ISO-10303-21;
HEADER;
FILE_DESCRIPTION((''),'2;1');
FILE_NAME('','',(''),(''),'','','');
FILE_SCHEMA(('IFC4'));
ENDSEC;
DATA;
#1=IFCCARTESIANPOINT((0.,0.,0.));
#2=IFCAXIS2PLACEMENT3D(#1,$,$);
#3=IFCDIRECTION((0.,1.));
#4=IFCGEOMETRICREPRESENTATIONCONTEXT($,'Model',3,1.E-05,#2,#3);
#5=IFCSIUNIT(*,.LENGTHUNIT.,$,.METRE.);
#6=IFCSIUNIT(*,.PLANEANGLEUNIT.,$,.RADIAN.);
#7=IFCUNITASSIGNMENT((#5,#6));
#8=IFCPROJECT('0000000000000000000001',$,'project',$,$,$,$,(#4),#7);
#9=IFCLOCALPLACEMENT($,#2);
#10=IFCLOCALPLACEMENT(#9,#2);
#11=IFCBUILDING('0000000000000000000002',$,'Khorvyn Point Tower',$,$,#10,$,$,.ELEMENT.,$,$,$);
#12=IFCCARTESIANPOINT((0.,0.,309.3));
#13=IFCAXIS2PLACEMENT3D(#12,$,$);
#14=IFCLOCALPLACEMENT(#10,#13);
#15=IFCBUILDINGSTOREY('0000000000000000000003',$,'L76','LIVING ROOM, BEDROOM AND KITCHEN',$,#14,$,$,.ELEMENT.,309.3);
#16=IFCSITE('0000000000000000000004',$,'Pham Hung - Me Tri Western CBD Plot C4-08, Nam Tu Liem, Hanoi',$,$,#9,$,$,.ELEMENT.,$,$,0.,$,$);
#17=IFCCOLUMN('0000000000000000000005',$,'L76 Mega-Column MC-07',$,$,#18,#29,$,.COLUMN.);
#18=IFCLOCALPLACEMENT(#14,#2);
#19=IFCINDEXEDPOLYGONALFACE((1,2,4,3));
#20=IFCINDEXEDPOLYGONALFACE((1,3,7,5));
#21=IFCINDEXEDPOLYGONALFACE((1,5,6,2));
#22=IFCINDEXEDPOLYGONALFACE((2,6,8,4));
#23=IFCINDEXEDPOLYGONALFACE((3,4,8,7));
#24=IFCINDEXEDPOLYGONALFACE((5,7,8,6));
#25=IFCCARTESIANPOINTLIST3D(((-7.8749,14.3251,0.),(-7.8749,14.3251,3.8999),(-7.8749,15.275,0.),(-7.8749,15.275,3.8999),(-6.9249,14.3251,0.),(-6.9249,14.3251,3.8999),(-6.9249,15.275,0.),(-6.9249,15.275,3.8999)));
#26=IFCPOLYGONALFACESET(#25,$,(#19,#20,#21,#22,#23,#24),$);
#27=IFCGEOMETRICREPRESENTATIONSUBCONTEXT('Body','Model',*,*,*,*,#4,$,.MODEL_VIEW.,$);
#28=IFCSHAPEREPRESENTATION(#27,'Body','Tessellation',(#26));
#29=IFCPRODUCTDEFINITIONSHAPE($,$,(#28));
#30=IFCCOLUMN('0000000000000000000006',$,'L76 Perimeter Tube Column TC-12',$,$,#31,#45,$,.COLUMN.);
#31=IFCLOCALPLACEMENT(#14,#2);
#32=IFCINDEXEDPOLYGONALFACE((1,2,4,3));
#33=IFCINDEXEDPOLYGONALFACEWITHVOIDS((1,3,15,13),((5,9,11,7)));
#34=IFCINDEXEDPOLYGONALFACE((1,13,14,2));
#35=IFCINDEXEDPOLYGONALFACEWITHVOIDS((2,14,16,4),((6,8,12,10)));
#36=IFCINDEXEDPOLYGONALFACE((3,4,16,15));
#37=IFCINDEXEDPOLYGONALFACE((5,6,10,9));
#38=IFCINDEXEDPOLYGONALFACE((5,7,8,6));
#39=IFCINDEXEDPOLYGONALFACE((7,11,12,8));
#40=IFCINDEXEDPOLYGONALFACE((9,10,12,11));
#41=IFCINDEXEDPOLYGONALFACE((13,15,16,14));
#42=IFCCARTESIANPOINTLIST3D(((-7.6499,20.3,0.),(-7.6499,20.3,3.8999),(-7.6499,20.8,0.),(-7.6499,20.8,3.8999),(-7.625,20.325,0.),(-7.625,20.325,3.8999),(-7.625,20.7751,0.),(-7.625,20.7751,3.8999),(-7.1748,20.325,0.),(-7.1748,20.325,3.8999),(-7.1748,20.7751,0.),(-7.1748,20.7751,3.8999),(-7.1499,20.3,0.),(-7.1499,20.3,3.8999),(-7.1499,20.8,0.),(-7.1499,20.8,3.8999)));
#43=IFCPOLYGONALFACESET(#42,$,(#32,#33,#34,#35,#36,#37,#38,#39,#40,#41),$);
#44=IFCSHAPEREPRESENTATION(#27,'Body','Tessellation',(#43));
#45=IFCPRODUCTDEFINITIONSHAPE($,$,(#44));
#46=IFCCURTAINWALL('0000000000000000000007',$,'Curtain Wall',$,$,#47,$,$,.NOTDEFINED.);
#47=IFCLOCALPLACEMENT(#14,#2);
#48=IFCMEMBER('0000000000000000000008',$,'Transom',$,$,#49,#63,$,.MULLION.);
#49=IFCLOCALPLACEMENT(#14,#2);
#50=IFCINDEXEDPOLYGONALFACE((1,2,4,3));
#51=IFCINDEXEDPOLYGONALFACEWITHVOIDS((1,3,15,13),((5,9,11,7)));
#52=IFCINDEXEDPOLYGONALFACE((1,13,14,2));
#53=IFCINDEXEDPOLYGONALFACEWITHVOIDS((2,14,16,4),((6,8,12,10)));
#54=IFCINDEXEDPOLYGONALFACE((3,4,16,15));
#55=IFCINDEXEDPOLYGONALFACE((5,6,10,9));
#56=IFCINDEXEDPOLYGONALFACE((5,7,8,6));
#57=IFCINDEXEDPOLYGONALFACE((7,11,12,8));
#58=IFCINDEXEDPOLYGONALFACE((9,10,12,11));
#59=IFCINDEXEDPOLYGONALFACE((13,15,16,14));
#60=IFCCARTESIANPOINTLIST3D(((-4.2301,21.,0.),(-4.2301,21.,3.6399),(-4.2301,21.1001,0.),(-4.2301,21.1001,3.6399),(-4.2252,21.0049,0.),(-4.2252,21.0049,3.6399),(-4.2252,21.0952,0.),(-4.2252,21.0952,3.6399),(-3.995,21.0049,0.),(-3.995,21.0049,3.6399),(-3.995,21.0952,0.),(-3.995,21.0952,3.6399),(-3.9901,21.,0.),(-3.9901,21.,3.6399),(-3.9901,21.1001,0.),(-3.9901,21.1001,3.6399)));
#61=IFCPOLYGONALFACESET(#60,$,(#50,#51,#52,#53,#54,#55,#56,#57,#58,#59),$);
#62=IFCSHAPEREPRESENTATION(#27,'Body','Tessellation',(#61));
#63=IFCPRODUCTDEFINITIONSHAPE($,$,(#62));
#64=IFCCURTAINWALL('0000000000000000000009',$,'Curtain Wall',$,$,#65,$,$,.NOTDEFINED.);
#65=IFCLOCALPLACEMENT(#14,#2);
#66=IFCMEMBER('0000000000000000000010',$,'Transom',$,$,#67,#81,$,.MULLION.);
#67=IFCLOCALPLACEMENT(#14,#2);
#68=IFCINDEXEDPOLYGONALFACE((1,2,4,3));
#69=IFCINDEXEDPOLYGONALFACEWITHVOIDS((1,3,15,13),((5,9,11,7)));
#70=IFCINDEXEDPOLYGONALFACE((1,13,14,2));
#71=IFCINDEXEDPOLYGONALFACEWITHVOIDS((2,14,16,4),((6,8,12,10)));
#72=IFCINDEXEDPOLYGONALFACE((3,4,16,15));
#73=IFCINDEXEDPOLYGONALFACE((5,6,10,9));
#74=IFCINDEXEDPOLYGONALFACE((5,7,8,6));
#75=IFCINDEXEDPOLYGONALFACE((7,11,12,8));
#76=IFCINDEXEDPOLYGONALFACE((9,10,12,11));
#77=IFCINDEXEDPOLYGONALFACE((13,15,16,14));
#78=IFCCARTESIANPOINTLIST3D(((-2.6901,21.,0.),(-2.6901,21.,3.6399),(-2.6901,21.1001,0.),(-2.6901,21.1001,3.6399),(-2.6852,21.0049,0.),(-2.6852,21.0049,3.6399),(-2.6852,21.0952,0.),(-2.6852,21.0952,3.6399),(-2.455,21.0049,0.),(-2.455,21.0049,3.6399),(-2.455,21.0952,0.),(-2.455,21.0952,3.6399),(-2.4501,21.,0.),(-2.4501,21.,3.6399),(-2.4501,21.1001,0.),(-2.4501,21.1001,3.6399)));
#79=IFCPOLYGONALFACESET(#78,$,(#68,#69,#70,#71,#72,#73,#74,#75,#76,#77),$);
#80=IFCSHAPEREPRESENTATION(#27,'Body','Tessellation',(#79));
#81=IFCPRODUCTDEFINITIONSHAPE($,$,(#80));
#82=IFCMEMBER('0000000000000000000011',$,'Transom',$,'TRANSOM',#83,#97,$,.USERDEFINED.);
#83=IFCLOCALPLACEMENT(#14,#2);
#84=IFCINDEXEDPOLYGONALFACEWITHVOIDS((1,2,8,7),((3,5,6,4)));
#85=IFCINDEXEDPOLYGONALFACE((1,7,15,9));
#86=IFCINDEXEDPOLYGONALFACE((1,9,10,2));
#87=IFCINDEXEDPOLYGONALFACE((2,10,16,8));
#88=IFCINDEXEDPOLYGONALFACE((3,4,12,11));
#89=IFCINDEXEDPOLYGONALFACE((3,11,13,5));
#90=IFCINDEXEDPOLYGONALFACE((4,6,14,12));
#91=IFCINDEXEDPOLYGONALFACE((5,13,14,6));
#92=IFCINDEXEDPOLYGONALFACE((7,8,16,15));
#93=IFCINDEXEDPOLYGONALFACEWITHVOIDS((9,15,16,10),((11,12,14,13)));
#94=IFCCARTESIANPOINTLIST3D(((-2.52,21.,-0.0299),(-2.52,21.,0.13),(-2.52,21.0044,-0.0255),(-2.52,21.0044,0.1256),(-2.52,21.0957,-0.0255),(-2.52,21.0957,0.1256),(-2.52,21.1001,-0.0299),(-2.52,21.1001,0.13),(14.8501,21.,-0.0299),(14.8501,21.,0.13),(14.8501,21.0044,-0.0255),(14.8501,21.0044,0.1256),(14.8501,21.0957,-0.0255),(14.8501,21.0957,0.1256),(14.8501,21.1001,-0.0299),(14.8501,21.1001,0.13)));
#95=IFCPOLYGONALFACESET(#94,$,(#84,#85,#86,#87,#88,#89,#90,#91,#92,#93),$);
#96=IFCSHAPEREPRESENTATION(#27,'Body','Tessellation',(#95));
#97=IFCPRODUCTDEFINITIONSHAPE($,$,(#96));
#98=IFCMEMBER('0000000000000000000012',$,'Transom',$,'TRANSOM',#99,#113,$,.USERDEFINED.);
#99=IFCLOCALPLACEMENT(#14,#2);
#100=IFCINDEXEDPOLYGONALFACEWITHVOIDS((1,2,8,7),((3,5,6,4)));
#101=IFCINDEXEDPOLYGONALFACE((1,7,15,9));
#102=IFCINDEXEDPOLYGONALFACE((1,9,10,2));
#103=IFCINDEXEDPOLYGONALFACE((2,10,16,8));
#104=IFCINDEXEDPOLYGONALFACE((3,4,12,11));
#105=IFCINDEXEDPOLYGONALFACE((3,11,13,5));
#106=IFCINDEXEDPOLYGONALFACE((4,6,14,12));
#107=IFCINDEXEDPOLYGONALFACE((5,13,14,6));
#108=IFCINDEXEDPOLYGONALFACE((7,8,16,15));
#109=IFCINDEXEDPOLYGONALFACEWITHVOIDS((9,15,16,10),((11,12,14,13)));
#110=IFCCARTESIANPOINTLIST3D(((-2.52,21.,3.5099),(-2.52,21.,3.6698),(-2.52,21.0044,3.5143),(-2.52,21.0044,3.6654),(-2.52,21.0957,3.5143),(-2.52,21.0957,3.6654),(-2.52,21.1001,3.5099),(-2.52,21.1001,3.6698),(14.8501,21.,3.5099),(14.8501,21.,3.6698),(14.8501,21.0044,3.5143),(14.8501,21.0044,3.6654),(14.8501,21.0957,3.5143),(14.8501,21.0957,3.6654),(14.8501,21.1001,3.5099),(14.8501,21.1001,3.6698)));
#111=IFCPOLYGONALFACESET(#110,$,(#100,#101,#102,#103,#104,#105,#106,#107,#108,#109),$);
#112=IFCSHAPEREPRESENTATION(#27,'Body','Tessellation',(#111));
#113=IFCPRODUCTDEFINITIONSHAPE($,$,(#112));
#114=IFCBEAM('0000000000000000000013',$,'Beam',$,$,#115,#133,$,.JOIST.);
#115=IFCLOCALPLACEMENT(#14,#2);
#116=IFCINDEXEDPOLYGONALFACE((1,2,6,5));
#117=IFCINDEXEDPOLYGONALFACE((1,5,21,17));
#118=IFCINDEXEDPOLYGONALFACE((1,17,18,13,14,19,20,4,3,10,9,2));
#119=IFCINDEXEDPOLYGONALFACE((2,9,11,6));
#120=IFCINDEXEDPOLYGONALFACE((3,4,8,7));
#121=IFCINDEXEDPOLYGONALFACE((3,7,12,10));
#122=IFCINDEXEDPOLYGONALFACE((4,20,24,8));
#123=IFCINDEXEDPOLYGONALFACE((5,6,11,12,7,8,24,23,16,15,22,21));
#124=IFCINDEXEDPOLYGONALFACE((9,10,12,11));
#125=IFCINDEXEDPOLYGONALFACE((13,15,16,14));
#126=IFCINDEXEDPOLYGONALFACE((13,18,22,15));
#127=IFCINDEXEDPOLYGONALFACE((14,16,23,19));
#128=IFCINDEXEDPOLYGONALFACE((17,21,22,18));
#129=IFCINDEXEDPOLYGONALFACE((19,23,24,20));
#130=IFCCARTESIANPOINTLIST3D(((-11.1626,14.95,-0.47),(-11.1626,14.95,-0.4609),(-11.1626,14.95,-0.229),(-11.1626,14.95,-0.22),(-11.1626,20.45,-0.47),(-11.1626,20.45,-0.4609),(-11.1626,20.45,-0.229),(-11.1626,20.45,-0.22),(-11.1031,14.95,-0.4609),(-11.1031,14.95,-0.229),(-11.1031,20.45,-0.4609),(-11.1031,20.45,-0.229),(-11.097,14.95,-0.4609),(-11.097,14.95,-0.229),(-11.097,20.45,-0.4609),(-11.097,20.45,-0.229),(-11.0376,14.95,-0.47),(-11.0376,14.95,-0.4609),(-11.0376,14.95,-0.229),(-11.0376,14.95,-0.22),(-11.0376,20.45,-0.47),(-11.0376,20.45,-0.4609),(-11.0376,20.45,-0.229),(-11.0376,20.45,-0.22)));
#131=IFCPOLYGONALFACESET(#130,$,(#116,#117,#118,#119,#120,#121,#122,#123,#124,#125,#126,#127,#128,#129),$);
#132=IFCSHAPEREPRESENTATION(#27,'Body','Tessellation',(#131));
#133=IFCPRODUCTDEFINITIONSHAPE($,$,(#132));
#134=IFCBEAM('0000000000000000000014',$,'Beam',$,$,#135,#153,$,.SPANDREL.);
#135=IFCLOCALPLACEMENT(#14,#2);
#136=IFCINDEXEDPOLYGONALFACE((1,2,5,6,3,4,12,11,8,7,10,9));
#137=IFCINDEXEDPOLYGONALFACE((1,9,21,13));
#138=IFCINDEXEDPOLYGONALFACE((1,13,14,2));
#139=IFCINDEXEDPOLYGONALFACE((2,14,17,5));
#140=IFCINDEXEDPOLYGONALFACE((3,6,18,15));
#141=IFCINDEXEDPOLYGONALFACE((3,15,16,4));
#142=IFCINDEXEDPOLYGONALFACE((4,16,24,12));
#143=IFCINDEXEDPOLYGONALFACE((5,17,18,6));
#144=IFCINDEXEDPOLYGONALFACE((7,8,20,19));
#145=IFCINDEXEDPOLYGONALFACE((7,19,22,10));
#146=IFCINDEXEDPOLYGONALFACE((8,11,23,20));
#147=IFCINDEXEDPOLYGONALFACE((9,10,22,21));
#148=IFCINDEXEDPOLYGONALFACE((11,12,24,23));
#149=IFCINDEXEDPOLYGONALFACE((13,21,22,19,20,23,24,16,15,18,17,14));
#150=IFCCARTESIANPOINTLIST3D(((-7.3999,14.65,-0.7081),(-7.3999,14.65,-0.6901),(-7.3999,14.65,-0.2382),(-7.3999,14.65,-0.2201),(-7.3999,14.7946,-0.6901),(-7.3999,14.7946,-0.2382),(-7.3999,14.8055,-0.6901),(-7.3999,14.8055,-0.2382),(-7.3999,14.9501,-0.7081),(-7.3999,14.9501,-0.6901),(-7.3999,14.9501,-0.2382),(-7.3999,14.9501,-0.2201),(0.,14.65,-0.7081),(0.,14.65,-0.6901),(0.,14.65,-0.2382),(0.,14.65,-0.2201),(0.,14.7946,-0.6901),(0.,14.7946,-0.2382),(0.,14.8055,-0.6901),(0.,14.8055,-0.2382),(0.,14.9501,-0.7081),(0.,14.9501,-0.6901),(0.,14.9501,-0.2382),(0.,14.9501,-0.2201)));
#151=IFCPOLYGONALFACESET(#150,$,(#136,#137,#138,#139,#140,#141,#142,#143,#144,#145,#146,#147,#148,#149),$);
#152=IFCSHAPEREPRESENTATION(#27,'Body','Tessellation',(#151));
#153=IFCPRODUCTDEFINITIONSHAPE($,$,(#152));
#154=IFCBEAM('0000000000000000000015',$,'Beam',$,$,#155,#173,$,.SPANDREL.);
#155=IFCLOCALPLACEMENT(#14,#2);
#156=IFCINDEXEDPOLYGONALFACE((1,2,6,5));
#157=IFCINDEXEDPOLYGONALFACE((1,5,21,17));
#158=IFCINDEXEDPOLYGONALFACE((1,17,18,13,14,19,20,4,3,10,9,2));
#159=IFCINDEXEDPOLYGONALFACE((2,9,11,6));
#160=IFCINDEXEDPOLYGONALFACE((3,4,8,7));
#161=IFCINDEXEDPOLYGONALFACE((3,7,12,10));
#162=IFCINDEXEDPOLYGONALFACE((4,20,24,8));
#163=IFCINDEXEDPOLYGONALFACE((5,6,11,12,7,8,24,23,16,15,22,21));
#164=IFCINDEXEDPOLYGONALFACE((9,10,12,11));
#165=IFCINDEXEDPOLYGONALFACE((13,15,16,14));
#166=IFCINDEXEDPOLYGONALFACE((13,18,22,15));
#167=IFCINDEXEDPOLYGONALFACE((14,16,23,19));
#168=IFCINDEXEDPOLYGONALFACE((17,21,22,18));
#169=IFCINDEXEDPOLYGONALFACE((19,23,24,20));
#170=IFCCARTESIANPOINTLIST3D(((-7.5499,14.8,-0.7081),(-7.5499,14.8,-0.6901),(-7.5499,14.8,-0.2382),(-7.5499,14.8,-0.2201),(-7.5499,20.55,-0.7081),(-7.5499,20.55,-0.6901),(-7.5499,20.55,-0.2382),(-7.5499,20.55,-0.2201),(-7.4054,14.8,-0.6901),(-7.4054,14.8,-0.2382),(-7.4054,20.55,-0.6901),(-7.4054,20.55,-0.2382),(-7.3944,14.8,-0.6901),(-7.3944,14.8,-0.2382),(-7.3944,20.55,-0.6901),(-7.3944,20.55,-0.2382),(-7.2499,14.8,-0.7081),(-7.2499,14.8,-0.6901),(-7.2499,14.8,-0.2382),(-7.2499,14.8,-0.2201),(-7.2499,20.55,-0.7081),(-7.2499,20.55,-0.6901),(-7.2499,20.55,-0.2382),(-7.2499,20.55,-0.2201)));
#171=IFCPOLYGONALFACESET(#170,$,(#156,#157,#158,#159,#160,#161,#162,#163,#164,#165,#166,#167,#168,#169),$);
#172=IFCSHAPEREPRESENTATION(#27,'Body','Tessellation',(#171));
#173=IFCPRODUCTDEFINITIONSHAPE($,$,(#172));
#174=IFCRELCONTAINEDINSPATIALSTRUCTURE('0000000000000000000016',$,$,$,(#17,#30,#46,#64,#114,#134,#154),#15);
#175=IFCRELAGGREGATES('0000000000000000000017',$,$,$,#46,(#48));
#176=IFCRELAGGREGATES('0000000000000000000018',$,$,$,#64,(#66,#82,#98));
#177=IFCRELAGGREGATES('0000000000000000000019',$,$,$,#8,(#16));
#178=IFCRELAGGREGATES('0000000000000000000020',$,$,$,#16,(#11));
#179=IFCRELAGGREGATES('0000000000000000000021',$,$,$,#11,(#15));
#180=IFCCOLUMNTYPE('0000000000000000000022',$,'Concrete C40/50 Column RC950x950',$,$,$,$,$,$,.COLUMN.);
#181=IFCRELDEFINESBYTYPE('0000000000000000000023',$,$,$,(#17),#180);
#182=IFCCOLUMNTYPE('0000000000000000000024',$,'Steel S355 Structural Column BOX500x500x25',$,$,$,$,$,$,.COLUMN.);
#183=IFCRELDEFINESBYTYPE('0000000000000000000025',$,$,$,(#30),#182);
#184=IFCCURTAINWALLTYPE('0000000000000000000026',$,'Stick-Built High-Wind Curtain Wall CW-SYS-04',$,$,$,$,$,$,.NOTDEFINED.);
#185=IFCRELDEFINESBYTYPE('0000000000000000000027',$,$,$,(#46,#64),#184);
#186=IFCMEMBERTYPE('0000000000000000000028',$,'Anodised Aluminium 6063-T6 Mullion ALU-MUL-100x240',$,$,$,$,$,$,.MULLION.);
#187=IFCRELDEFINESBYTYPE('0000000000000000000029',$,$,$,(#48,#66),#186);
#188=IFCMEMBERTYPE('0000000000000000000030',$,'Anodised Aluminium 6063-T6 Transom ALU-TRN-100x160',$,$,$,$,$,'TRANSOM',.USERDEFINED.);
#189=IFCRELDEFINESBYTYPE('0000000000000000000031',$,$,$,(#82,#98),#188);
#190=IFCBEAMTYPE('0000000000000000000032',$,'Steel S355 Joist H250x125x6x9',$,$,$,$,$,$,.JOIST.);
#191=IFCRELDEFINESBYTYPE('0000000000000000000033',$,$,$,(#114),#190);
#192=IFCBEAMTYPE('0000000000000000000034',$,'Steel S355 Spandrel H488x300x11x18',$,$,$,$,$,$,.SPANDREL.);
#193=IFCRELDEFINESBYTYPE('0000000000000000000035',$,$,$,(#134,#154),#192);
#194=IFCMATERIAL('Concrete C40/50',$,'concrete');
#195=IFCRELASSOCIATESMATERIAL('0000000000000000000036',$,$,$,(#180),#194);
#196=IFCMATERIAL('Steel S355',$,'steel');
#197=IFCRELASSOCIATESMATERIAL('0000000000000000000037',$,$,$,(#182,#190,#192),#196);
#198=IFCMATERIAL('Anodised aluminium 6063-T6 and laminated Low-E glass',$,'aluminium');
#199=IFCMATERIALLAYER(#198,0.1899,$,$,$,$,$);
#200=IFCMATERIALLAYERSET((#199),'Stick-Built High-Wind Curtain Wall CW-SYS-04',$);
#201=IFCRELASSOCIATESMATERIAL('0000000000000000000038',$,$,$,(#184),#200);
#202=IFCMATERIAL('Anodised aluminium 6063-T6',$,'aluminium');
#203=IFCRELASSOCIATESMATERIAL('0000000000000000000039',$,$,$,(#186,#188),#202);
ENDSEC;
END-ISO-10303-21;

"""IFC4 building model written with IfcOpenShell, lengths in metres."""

from ifc_helpers import new_model, si_unit, direction, frame, origin, origin_2d, place, context, subcontext, project, spatial, rectangle, hollow_rectangle, i_section, extrude, material, layer, layer_set, material_profile, profile_set, type_object, element, aggregate, save


model = new_model("IFC4")

# Units and contexts
model_context = context("Model", 3, precision=1e-05, world=origin(), true_north=direction((0.0, 1.0)))
body_context = subcontext(model_context, "Body", "Model", "MODEL_VIEW")
ifc_project = project(units=[si_unit("LENGTHUNIT", "METRE"), si_unit("PLANEANGLEUNIT", "RADIAN")], contexts=[model_context])

# Site, building, storey
site_placement = place(None, origin())
site = spatial("IfcSite", under=ifc_project, at=site_placement, Name="Pham Hung - Me Tri Western CBD Plot C4-08, Nam Tu Liem, Hanoi", CompositionType="ELEMENT", RefElevation=0.0)
building_placement = place(site_placement, origin())
building = spatial("IfcBuilding", under=site, at=building_placement, Name="Khorvyn Point Tower", CompositionType="ELEMENT")
storey_placement = place(building_placement, frame((0.0, 0.0, 309.3)))
storey = spatial("IfcBuildingStorey", under=building, at=storey_placement, Name="L76", Description="LIVING ROOM, BEDROOM AND KITCHEN", CompositionType="ELEMENT", Elevation=309.3)

# Columns
ifc_material_1 = material(Name="Concrete C40/50", Category="concrete")
ifc_material_profile_1 = material_profile(ifc_material_1, rectangle(XDim=0.95, YDim=0.95, at=origin_2d()))
ifc_profile_set_1 = profile_set([ifc_material_profile_1], Name="Concrete C40/50 RC950x950")
column_type_1 = type_object("IfcColumnType", Name="Concrete C40/50 Column RC950x950", PredefinedType="COLUMN", material=ifc_profile_set_1)
column_1_placement = place(storey_placement, frame((-7.3999, 14.8, 0.0), z_axis=(0.0, 0.0, 1.0), x_axis=(1.0, 0.0, 0.0)))
element("IfcColumn", 1, at=column_1_placement, inside=storey, type_object=column_type_1, Name="L76 Mega-Column MC-07", PredefinedType="COLUMN", context=body_context, shape_type="SweptSolid", body=[
    extrude(rectangle(XDim=0.95, YDim=0.95, at=origin_2d()), origin(), (0.0, 0.0, 1.0), 3.8999),
])
ifc_material_2 = material(Name="Steel S355", Category="steel")
ifc_material_profile_2 = material_profile(ifc_material_2, hollow_rectangle(XDim=0.5, YDim=0.5, WallThickness=0.0249, at=origin_2d()))
ifc_profile_set_2 = profile_set([ifc_material_profile_2], Name="Steel S355 BOX500x500x25")
column_type_2 = type_object("IfcColumnType", Name="Steel S355 Structural Column BOX500x500x25", PredefinedType="COLUMN", material=ifc_profile_set_2)
column_2_placement = place(storey_placement, frame((-7.3999, 20.55, 0.0), z_axis=(0.0, 0.0, 1.0), x_axis=(1.0, 0.0, 0.0)))
element("IfcColumn", 2, at=column_2_placement, inside=storey, type_object=column_type_2, Name="L76 Perimeter Tube Column TC-12", PredefinedType="COLUMN", context=body_context, shape_type="SweptSolid", body=[
    extrude(hollow_rectangle(XDim=0.5, YDim=0.5, WallThickness=0.0249, at=origin_2d()), origin(), (0.0, 0.0, 1.0), 3.8999),
])

# Curtain wall, member
ifc_material_3 = material(Name="Anodised aluminium 6063-T6 and laminated Low-E glass", Category="aluminium")
ifc_layer_1 = layer(ifc_material_3, 0.1899)
ifc_layer_set_1 = layer_set([ifc_layer_1], Name="Stick-Built High-Wind Curtain Wall CW-SYS-04")
curtain_wall_type = type_object("IfcCurtainWallType", Name="Stick-Built High-Wind Curtain Wall CW-SYS-04", PredefinedType="NOTDEFINED", material=ifc_layer_set_1)
curtain_wall_1_placement = place(storey_placement, origin())
curtain_wall_1 = element("IfcCurtainWall", 3, at=curtain_wall_1_placement, inside=storey, type_object=curtain_wall_type, Name="Curtain Wall", PredefinedType="NOTDEFINED")
ifc_material_4 = material(Name="Anodised aluminium 6063-T6", Category="aluminium")
ifc_material_profile_3 = material_profile(ifc_material_4, hollow_rectangle(XDim=0.1001, YDim=0.24, WallThickness=0.0049, at=origin_2d()))
ifc_profile_set_3 = profile_set([ifc_material_profile_3], Name="Anodised aluminium 6063-T6 ALU-MUL-100x240")
member_type_1 = type_object("IfcMemberType", Name="Anodised Aluminium 6063-T6 Mullion ALU-MUL-100x240", PredefinedType="MULLION", material=ifc_profile_set_3)
member_1_placement = place(storey_placement, frame((-4.1101, 21.05, 0.0), z_axis=(0.0, 0.0, 1.0), x_axis=(0.0, 1.0, 0.0)))
member_1 = element("IfcMember", 4, at=member_1_placement, type_object=member_type_1, Name="Transom", PredefinedType="MULLION", context=body_context, shape_type="SweptSolid", body=[
    extrude(hollow_rectangle(XDim=0.1001, YDim=0.24, WallThickness=0.0049, at=origin_2d()), origin(), (0.0, 0.0, 1.0), 3.6399),
])

# Curtain wall, members
curtain_wall_2_placement = place(storey_placement, origin())
curtain_wall_2 = element("IfcCurtainWall", 5, at=curtain_wall_2_placement, inside=storey, type_object=curtain_wall_type, Name="Curtain Wall", PredefinedType="NOTDEFINED")
member_2_placement = place(storey_placement, frame((-2.5701, 21.05, 0.0), z_axis=(0.0, 0.0, 1.0), x_axis=(0.0, 1.0, 0.0)))
member_2 = element("IfcMember", 6, at=member_2_placement, type_object=member_type_1, Name="Transom", PredefinedType="MULLION", context=body_context, shape_type="SweptSolid", body=[
    extrude(hollow_rectangle(XDim=0.1001, YDim=0.24, WallThickness=0.0049, at=origin_2d()), origin(), (0.0, 0.0, 1.0), 3.6399),
])
ifc_material_profile_4 = material_profile(ifc_material_4, hollow_rectangle(XDim=0.1001, YDim=0.1599, WallThickness=0.0044, at=origin_2d()))
ifc_profile_set_4 = profile_set([ifc_material_profile_4], Name="Anodised aluminium 6063-T6 ALU-TRN-100x160")
member_type_2 = type_object("IfcMemberType", Name="Anodised Aluminium 6063-T6 Transom ALU-TRN-100x160", ElementType="TRANSOM", PredefinedType="USERDEFINED", material=ifc_profile_set_4)
member_3_placement = place(storey_placement, frame((-2.52, 21.05, 0.05), z_axis=(1.0, 0.0, 0.0), x_axis=(0.0, 1.0, 0.0)))
member_3 = element("IfcMember", 7, at=member_3_placement, type_object=member_type_2, Name="Transom", ObjectType="TRANSOM", PredefinedType="USERDEFINED", context=body_context, shape_type="SweptSolid", body=[
    extrude(hollow_rectangle(XDim=0.1001, YDim=0.1599, WallThickness=0.0044, at=origin_2d()), origin(), (0.0, 0.0, 1.0), 17.3701),
])
member_4_placement = place(storey_placement, frame((-2.52, 21.05, 3.5898), z_axis=(1.0, 0.0, 0.0), x_axis=(0.0, 1.0, 0.0)))
member_4 = element("IfcMember", 8, at=member_4_placement, type_object=member_type_2, Name="Transom", ObjectType="TRANSOM", PredefinedType="USERDEFINED", context=body_context, shape_type="SweptSolid", body=[
    extrude(hollow_rectangle(XDim=0.1001, YDim=0.1599, WallThickness=0.0044, at=origin_2d()), origin(), (0.0, 0.0, 1.0), 17.3701),
])

# Beams
ifc_material_profile_5 = material_profile(ifc_material_2, i_section(OverallWidth=0.125, OverallDepth=0.25, WebThickness=0.0061, FlangeThickness=0.009, at=origin_2d()))
ifc_profile_set_5 = profile_set([ifc_material_profile_5], Name="Steel S355 H250x125x6x9")
beam_type_1 = type_object("IfcBeamType", Name="Steel S355 Joist H250x125x6x9", PredefinedType="JOIST", material=ifc_profile_set_5)
beam_1_placement = place(storey_placement, frame((-11.1001, 14.95, -0.345), z_axis=(0.0, 1.0, 0.0), x_axis=(-1.0, 0.0, 0.0)))
element("IfcBeam", 9, at=beam_1_placement, inside=storey, type_object=beam_type_1, Name="Beam", PredefinedType="JOIST", context=body_context, shape_type="SweptSolid", body=[
    extrude(i_section(OverallWidth=0.125, OverallDepth=0.25, WebThickness=0.0061, FlangeThickness=0.009, at=origin_2d()), origin(), (0.0, 0.0, 1.0), 5.5),
])
ifc_material_profile_6 = material_profile(ifc_material_2, i_section(OverallWidth=0.3, OverallDepth=0.488, WebThickness=0.011, FlangeThickness=0.0181, at=origin_2d()))
ifc_profile_set_6 = profile_set([ifc_material_profile_6], Name="Steel S355 H488x300x11x18")
beam_type_2 = type_object("IfcBeamType", Name="Steel S355 Spandrel H488x300x11x18", PredefinedType="SPANDREL", material=ifc_profile_set_6)
beam_2_placement = place(storey_placement, frame((-7.3999, 14.8, -0.4641), z_axis=(1.0, 0.0, 0.0), x_axis=(0.0, 1.0, 0.0)))
element("IfcBeam", 10, at=beam_2_placement, inside=storey, type_object=beam_type_2, Name="Beam", PredefinedType="SPANDREL", context=body_context, shape_type="SweptSolid", body=[
    extrude(i_section(OverallWidth=0.3, OverallDepth=0.488, WebThickness=0.011, FlangeThickness=0.0181, at=origin_2d()), origin(), (0.0, 0.0, 1.0), 7.3999),
])
beam_3_placement = place(storey_placement, frame((-7.3999, 14.8, -0.4641), z_axis=(0.0, 1.0, 0.0), x_axis=(-1.0, 0.0, 0.0)))
element("IfcBeam", 11, at=beam_3_placement, inside=storey, type_object=beam_type_2, Name="Beam", PredefinedType="SPANDREL", context=body_context, shape_type="SweptSolid", body=[
    extrude(i_section(OverallWidth=0.3, OverallDepth=0.488, WebThickness=0.011, FlangeThickness=0.0181, at=origin_2d()), origin(), (0.0, 0.0, 1.0), 5.75),
])

aggregate(curtain_wall_1, [member_1])
aggregate(curtain_wall_2, [member_2, member_3, member_4])

save(model, "model.ifc")
